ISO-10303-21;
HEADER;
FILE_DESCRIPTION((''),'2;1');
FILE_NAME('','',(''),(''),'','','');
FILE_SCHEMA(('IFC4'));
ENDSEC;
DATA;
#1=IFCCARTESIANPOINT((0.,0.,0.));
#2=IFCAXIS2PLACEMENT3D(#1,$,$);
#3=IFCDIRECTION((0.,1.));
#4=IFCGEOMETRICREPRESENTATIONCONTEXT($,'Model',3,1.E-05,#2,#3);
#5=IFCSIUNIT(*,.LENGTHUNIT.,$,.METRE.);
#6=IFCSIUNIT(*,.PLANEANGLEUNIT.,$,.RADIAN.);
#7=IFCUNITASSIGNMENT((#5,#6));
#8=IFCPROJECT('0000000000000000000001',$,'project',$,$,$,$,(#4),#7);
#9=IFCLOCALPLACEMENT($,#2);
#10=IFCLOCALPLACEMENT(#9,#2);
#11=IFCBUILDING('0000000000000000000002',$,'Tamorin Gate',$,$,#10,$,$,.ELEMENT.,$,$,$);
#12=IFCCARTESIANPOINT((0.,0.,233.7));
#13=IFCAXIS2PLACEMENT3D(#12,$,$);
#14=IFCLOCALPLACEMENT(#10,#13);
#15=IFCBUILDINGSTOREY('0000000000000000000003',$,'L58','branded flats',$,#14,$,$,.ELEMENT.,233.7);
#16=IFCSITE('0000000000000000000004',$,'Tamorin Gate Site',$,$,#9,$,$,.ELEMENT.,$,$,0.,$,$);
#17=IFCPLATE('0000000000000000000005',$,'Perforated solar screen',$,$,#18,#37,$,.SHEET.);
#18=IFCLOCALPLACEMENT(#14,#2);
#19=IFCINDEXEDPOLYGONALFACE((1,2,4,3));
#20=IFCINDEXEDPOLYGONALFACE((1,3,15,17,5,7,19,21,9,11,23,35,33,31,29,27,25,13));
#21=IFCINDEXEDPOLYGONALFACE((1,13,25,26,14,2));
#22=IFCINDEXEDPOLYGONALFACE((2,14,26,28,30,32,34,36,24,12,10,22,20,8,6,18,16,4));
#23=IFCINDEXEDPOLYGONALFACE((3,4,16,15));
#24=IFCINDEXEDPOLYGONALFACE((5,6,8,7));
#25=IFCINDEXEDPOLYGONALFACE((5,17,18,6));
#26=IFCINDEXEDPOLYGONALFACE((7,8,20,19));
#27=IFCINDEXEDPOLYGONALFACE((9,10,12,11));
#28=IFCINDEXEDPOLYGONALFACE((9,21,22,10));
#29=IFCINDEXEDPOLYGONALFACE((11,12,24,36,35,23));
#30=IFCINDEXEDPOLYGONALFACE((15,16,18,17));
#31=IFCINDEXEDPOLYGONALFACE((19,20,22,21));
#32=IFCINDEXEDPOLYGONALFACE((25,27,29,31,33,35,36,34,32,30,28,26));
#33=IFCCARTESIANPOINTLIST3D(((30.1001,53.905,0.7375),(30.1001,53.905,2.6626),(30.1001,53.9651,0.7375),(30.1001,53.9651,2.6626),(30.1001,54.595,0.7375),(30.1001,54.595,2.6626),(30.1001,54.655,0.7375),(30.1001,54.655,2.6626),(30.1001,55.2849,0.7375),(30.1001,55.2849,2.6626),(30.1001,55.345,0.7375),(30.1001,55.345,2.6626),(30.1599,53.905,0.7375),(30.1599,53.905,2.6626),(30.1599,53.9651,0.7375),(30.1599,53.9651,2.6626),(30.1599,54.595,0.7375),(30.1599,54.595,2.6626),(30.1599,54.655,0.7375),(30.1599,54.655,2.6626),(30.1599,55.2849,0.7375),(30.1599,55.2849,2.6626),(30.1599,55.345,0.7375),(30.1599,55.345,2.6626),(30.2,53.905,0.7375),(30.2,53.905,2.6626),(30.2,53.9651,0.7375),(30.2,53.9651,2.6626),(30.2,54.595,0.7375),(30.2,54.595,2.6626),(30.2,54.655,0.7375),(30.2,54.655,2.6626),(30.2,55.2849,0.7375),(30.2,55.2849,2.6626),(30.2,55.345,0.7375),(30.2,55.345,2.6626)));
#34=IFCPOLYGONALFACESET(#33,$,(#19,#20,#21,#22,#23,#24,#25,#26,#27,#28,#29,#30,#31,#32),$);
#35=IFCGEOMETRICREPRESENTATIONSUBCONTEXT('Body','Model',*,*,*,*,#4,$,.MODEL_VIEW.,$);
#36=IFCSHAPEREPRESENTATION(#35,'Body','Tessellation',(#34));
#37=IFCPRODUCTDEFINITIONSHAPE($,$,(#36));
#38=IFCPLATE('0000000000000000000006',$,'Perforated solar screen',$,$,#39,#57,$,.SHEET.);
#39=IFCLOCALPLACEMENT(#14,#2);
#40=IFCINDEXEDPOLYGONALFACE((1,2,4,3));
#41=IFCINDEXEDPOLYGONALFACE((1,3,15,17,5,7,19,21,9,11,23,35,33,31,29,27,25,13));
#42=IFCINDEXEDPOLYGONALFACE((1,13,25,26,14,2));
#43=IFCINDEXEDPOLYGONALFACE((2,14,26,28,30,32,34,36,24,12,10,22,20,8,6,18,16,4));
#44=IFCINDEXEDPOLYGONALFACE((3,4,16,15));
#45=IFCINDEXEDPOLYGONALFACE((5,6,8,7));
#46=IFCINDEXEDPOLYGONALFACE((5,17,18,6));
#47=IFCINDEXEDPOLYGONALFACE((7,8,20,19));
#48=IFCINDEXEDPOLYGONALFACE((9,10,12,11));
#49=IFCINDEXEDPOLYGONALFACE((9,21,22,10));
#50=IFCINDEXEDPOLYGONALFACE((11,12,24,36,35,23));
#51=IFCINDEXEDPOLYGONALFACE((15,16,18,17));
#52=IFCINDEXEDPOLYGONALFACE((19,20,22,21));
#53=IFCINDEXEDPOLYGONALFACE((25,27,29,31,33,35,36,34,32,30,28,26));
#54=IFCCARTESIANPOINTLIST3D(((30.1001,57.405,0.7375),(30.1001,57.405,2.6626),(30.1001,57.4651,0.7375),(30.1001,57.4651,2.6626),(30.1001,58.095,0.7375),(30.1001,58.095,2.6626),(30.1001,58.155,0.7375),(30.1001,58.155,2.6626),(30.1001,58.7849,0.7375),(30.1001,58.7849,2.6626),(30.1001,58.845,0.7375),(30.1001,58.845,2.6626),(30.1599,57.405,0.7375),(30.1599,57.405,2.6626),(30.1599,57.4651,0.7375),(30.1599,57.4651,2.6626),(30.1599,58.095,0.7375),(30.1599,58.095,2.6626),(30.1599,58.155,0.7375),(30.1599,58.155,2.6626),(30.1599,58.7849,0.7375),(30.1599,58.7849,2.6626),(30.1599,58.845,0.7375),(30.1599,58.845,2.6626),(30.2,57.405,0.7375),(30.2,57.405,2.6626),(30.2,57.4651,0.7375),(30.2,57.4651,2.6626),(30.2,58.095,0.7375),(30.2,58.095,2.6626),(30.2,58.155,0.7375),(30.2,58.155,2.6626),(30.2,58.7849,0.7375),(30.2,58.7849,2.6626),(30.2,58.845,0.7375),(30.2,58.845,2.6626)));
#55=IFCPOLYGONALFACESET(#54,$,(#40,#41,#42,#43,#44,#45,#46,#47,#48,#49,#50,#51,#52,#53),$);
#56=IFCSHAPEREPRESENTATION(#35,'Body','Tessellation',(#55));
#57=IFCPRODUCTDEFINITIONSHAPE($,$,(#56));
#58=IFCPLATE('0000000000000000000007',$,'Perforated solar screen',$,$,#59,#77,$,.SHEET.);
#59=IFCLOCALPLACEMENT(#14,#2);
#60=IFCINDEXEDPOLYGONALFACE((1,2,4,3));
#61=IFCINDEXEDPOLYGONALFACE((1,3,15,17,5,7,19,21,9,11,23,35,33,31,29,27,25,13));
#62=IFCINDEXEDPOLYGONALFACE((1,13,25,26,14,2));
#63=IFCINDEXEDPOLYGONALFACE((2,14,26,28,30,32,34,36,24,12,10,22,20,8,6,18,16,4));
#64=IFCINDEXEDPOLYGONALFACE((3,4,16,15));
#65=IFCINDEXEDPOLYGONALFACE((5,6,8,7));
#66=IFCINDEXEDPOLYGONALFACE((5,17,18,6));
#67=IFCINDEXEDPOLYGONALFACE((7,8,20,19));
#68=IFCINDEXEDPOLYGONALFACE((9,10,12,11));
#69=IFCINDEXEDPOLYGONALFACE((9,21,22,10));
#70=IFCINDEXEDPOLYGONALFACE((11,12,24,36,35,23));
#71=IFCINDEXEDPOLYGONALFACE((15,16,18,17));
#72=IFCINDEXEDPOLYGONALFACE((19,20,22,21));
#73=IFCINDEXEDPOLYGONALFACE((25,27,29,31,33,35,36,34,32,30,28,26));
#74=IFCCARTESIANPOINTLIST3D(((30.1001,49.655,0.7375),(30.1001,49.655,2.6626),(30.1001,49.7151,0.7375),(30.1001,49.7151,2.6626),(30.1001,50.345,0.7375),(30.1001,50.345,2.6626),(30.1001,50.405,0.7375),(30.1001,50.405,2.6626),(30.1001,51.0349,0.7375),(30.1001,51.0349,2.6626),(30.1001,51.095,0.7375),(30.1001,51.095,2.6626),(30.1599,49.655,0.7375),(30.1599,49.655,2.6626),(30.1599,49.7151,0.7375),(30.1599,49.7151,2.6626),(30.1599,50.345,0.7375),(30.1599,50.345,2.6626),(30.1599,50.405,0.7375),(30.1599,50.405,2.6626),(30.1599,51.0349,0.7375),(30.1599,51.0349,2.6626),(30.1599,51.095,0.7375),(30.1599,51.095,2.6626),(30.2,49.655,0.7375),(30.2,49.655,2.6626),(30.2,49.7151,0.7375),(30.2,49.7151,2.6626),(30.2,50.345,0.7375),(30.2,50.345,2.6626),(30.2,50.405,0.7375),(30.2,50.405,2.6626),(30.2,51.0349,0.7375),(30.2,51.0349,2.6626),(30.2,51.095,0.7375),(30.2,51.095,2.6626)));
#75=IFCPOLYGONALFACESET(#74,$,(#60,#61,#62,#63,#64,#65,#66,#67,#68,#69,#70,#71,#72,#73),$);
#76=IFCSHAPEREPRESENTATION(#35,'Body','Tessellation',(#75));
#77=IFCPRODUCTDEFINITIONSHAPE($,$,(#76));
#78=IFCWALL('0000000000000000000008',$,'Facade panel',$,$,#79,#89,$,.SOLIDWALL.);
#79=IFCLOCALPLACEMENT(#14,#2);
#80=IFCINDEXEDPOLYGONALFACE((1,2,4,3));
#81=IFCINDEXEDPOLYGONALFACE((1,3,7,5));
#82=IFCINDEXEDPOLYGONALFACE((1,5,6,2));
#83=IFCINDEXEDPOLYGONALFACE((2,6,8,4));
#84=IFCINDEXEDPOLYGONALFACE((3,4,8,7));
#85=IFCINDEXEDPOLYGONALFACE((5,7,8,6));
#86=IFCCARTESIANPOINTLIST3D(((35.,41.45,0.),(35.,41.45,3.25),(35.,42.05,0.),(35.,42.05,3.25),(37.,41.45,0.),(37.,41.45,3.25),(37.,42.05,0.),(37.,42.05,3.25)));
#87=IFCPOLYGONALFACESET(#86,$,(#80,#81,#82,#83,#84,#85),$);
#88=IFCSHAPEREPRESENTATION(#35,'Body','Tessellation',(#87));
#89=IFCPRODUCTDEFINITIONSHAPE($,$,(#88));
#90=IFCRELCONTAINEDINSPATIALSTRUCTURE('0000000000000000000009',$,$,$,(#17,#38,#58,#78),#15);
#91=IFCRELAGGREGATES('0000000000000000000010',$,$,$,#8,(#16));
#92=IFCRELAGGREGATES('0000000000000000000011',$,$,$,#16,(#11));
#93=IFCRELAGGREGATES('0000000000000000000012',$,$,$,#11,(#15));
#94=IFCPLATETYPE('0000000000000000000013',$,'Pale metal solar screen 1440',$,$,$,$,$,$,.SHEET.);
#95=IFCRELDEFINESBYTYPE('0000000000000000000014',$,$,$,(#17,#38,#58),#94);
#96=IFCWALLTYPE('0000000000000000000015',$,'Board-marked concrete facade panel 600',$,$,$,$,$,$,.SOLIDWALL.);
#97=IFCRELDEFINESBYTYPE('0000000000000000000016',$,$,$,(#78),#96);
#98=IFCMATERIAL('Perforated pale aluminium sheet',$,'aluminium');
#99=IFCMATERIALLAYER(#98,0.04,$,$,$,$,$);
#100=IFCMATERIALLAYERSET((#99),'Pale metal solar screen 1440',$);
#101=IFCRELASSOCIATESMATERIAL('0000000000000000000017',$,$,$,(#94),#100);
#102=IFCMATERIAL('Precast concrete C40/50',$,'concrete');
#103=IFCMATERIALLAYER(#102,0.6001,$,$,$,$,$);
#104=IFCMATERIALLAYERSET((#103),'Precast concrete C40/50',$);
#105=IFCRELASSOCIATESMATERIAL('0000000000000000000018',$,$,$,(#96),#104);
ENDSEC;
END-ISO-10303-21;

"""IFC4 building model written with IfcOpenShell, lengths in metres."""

from ifc_helpers import new_model, si_unit, direction, frame, frame_2d, origin, place, context, subcontext, project, spatial, polyline, rectangle, outline, extrude, material, layer, layer_set, type_object, element, save


model = new_model("IFC4")

# Units and contexts
model_context = context("Model", 3, precision=1e-05, world=origin(), true_north=direction((0.0, 1.0)))
body_context = subcontext(model_context, "Body", "Model", "MODEL_VIEW")
ifc_project = project(units=[si_unit("LENGTHUNIT", "METRE"), si_unit("PLANEANGLEUNIT", "RADIAN")], contexts=[model_context])

# Site, building, storey
site_placement = place(None, origin())
site = spatial("IfcSite", under=ifc_project, at=site_placement, Name="Tamorin Gate Site", CompositionType="ELEMENT", RefElevation=0.0)
building_placement = place(site_placement, origin())
building = spatial("IfcBuilding", under=site, at=building_placement, Name="Tamorin Gate", CompositionType="ELEMENT")
storey_placement = place(building_placement, frame((0.0, 0.0, 233.7)))
storey = spatial("IfcBuildingStorey", under=building, at=storey_placement, Name="L58", Description="branded flats", CompositionType="ELEMENT", Elevation=233.7)

# Plates
ifc_material_1 = material(Name="Perforated pale aluminium sheet", Category="aluminium")
ifc_layer_1 = layer(ifc_material_1, 0.04)
ifc_layer_set_1 = layer_set([ifc_layer_1], Name="Pale metal solar screen 1440")
plate_type = type_object("IfcPlateType", Name="Pale metal solar screen 1440", PredefinedType="SHEET", material=ifc_layer_set_1)
plate_1_placement = place(storey_placement, frame((0.0, 0.0, 0.7375)))
element("IfcPlate", 1, at=plate_1_placement, inside=storey, type_object=plate_type, Name="Perforated solar screen", PredefinedType="SHEET", context=body_context, shape_type="SweptSolid", body=[
    extrude(outline(polyline([(30.1599, 55.345), (30.2, 55.345), (30.2, 55.2849), (30.2, 54.655), (30.2, 54.595), (30.2, 53.9651), (30.2, 53.905), (30.1599, 53.905), (30.1001, 53.905), (30.1001, 53.9651), (30.1599, 53.9651), (30.1599, 54.595), (30.1001, 54.595), (30.1001, 54.655), (30.1599, 54.655), (30.1599, 55.2849), (30.1001, 55.2849), (30.1001, 55.345), (30.1599, 55.345)])), origin(), (0.0, 0.0, 1.0), 1.925),
])
plate_2_placement = place(storey_placement, frame((0.0, 0.0, 0.7375)))
element("IfcPlate", 2, at=plate_2_placement, inside=storey, type_object=plate_type, Name="Perforated solar screen", PredefinedType="SHEET", context=body_context, shape_type="SweptSolid", body=[
    extrude(outline(polyline([(30.1599, 58.845), (30.2, 58.845), (30.2, 58.7849), (30.2, 58.155), (30.2, 58.095), (30.2, 57.4651), (30.2, 57.405), (30.1599, 57.405), (30.1001, 57.405), (30.1001, 57.4651), (30.1599, 57.4651), (30.1599, 58.095), (30.1001, 58.095), (30.1001, 58.155), (30.1599, 58.155), (30.1599, 58.7849), (30.1001, 58.7849), (30.1001, 58.845), (30.1599, 58.845)])), origin(), (0.0, 0.0, 1.0), 1.925),
])
plate_3_placement = place(storey_placement, frame((0.0, 0.0, 0.7375)))
element("IfcPlate", 3, at=plate_3_placement, inside=storey, type_object=plate_type, Name="Perforated solar screen", PredefinedType="SHEET", context=body_context, shape_type="SweptSolid", body=[
    extrude(outline(polyline([(30.1599, 51.095), (30.2, 51.095), (30.2, 51.0349), (30.2, 50.405), (30.2, 50.345), (30.2, 49.7151), (30.2, 49.655), (30.1599, 49.655), (30.1001, 49.655), (30.1001, 49.7151), (30.1599, 49.7151), (30.1599, 50.345), (30.1001, 50.345), (30.1001, 50.405), (30.1599, 50.405), (30.1599, 51.0349), (30.1001, 51.0349), (30.1001, 51.095), (30.1599, 51.095)])), origin(), (0.0, 0.0, 1.0), 1.925),
])

# Wall
ifc_material_2 = material(Name="Precast concrete C40/50", Category="concrete")
ifc_layer_2 = layer(ifc_material_2, 0.6001)
ifc_layer_set_2 = layer_set([ifc_layer_2], Name="Precast concrete C40/50")
wall_type = type_object("IfcWallType", Name="Board-marked concrete facade panel 600", PredefinedType="SOLIDWALL", material=ifc_layer_set_2)
wall_placement = place(storey_placement, frame((35.0, 41.75, 0.0), z_axis=(0.0, 0.0, 1.0), x_axis=(1.0, 0.0, 0.0)))
element("IfcWall", 4, at=wall_placement, inside=storey, type_object=wall_type, Name="Facade panel", PredefinedType="SOLIDWALL", context=body_context, shape_type="SweptSolid", body=[
    extrude(rectangle(XDim=2.0, YDim=0.6001, at=frame_2d((1.0, 0.0))), origin(), (0.0, 0.0, 1.0), 3.25),
])

save(model, "model.ifc")
